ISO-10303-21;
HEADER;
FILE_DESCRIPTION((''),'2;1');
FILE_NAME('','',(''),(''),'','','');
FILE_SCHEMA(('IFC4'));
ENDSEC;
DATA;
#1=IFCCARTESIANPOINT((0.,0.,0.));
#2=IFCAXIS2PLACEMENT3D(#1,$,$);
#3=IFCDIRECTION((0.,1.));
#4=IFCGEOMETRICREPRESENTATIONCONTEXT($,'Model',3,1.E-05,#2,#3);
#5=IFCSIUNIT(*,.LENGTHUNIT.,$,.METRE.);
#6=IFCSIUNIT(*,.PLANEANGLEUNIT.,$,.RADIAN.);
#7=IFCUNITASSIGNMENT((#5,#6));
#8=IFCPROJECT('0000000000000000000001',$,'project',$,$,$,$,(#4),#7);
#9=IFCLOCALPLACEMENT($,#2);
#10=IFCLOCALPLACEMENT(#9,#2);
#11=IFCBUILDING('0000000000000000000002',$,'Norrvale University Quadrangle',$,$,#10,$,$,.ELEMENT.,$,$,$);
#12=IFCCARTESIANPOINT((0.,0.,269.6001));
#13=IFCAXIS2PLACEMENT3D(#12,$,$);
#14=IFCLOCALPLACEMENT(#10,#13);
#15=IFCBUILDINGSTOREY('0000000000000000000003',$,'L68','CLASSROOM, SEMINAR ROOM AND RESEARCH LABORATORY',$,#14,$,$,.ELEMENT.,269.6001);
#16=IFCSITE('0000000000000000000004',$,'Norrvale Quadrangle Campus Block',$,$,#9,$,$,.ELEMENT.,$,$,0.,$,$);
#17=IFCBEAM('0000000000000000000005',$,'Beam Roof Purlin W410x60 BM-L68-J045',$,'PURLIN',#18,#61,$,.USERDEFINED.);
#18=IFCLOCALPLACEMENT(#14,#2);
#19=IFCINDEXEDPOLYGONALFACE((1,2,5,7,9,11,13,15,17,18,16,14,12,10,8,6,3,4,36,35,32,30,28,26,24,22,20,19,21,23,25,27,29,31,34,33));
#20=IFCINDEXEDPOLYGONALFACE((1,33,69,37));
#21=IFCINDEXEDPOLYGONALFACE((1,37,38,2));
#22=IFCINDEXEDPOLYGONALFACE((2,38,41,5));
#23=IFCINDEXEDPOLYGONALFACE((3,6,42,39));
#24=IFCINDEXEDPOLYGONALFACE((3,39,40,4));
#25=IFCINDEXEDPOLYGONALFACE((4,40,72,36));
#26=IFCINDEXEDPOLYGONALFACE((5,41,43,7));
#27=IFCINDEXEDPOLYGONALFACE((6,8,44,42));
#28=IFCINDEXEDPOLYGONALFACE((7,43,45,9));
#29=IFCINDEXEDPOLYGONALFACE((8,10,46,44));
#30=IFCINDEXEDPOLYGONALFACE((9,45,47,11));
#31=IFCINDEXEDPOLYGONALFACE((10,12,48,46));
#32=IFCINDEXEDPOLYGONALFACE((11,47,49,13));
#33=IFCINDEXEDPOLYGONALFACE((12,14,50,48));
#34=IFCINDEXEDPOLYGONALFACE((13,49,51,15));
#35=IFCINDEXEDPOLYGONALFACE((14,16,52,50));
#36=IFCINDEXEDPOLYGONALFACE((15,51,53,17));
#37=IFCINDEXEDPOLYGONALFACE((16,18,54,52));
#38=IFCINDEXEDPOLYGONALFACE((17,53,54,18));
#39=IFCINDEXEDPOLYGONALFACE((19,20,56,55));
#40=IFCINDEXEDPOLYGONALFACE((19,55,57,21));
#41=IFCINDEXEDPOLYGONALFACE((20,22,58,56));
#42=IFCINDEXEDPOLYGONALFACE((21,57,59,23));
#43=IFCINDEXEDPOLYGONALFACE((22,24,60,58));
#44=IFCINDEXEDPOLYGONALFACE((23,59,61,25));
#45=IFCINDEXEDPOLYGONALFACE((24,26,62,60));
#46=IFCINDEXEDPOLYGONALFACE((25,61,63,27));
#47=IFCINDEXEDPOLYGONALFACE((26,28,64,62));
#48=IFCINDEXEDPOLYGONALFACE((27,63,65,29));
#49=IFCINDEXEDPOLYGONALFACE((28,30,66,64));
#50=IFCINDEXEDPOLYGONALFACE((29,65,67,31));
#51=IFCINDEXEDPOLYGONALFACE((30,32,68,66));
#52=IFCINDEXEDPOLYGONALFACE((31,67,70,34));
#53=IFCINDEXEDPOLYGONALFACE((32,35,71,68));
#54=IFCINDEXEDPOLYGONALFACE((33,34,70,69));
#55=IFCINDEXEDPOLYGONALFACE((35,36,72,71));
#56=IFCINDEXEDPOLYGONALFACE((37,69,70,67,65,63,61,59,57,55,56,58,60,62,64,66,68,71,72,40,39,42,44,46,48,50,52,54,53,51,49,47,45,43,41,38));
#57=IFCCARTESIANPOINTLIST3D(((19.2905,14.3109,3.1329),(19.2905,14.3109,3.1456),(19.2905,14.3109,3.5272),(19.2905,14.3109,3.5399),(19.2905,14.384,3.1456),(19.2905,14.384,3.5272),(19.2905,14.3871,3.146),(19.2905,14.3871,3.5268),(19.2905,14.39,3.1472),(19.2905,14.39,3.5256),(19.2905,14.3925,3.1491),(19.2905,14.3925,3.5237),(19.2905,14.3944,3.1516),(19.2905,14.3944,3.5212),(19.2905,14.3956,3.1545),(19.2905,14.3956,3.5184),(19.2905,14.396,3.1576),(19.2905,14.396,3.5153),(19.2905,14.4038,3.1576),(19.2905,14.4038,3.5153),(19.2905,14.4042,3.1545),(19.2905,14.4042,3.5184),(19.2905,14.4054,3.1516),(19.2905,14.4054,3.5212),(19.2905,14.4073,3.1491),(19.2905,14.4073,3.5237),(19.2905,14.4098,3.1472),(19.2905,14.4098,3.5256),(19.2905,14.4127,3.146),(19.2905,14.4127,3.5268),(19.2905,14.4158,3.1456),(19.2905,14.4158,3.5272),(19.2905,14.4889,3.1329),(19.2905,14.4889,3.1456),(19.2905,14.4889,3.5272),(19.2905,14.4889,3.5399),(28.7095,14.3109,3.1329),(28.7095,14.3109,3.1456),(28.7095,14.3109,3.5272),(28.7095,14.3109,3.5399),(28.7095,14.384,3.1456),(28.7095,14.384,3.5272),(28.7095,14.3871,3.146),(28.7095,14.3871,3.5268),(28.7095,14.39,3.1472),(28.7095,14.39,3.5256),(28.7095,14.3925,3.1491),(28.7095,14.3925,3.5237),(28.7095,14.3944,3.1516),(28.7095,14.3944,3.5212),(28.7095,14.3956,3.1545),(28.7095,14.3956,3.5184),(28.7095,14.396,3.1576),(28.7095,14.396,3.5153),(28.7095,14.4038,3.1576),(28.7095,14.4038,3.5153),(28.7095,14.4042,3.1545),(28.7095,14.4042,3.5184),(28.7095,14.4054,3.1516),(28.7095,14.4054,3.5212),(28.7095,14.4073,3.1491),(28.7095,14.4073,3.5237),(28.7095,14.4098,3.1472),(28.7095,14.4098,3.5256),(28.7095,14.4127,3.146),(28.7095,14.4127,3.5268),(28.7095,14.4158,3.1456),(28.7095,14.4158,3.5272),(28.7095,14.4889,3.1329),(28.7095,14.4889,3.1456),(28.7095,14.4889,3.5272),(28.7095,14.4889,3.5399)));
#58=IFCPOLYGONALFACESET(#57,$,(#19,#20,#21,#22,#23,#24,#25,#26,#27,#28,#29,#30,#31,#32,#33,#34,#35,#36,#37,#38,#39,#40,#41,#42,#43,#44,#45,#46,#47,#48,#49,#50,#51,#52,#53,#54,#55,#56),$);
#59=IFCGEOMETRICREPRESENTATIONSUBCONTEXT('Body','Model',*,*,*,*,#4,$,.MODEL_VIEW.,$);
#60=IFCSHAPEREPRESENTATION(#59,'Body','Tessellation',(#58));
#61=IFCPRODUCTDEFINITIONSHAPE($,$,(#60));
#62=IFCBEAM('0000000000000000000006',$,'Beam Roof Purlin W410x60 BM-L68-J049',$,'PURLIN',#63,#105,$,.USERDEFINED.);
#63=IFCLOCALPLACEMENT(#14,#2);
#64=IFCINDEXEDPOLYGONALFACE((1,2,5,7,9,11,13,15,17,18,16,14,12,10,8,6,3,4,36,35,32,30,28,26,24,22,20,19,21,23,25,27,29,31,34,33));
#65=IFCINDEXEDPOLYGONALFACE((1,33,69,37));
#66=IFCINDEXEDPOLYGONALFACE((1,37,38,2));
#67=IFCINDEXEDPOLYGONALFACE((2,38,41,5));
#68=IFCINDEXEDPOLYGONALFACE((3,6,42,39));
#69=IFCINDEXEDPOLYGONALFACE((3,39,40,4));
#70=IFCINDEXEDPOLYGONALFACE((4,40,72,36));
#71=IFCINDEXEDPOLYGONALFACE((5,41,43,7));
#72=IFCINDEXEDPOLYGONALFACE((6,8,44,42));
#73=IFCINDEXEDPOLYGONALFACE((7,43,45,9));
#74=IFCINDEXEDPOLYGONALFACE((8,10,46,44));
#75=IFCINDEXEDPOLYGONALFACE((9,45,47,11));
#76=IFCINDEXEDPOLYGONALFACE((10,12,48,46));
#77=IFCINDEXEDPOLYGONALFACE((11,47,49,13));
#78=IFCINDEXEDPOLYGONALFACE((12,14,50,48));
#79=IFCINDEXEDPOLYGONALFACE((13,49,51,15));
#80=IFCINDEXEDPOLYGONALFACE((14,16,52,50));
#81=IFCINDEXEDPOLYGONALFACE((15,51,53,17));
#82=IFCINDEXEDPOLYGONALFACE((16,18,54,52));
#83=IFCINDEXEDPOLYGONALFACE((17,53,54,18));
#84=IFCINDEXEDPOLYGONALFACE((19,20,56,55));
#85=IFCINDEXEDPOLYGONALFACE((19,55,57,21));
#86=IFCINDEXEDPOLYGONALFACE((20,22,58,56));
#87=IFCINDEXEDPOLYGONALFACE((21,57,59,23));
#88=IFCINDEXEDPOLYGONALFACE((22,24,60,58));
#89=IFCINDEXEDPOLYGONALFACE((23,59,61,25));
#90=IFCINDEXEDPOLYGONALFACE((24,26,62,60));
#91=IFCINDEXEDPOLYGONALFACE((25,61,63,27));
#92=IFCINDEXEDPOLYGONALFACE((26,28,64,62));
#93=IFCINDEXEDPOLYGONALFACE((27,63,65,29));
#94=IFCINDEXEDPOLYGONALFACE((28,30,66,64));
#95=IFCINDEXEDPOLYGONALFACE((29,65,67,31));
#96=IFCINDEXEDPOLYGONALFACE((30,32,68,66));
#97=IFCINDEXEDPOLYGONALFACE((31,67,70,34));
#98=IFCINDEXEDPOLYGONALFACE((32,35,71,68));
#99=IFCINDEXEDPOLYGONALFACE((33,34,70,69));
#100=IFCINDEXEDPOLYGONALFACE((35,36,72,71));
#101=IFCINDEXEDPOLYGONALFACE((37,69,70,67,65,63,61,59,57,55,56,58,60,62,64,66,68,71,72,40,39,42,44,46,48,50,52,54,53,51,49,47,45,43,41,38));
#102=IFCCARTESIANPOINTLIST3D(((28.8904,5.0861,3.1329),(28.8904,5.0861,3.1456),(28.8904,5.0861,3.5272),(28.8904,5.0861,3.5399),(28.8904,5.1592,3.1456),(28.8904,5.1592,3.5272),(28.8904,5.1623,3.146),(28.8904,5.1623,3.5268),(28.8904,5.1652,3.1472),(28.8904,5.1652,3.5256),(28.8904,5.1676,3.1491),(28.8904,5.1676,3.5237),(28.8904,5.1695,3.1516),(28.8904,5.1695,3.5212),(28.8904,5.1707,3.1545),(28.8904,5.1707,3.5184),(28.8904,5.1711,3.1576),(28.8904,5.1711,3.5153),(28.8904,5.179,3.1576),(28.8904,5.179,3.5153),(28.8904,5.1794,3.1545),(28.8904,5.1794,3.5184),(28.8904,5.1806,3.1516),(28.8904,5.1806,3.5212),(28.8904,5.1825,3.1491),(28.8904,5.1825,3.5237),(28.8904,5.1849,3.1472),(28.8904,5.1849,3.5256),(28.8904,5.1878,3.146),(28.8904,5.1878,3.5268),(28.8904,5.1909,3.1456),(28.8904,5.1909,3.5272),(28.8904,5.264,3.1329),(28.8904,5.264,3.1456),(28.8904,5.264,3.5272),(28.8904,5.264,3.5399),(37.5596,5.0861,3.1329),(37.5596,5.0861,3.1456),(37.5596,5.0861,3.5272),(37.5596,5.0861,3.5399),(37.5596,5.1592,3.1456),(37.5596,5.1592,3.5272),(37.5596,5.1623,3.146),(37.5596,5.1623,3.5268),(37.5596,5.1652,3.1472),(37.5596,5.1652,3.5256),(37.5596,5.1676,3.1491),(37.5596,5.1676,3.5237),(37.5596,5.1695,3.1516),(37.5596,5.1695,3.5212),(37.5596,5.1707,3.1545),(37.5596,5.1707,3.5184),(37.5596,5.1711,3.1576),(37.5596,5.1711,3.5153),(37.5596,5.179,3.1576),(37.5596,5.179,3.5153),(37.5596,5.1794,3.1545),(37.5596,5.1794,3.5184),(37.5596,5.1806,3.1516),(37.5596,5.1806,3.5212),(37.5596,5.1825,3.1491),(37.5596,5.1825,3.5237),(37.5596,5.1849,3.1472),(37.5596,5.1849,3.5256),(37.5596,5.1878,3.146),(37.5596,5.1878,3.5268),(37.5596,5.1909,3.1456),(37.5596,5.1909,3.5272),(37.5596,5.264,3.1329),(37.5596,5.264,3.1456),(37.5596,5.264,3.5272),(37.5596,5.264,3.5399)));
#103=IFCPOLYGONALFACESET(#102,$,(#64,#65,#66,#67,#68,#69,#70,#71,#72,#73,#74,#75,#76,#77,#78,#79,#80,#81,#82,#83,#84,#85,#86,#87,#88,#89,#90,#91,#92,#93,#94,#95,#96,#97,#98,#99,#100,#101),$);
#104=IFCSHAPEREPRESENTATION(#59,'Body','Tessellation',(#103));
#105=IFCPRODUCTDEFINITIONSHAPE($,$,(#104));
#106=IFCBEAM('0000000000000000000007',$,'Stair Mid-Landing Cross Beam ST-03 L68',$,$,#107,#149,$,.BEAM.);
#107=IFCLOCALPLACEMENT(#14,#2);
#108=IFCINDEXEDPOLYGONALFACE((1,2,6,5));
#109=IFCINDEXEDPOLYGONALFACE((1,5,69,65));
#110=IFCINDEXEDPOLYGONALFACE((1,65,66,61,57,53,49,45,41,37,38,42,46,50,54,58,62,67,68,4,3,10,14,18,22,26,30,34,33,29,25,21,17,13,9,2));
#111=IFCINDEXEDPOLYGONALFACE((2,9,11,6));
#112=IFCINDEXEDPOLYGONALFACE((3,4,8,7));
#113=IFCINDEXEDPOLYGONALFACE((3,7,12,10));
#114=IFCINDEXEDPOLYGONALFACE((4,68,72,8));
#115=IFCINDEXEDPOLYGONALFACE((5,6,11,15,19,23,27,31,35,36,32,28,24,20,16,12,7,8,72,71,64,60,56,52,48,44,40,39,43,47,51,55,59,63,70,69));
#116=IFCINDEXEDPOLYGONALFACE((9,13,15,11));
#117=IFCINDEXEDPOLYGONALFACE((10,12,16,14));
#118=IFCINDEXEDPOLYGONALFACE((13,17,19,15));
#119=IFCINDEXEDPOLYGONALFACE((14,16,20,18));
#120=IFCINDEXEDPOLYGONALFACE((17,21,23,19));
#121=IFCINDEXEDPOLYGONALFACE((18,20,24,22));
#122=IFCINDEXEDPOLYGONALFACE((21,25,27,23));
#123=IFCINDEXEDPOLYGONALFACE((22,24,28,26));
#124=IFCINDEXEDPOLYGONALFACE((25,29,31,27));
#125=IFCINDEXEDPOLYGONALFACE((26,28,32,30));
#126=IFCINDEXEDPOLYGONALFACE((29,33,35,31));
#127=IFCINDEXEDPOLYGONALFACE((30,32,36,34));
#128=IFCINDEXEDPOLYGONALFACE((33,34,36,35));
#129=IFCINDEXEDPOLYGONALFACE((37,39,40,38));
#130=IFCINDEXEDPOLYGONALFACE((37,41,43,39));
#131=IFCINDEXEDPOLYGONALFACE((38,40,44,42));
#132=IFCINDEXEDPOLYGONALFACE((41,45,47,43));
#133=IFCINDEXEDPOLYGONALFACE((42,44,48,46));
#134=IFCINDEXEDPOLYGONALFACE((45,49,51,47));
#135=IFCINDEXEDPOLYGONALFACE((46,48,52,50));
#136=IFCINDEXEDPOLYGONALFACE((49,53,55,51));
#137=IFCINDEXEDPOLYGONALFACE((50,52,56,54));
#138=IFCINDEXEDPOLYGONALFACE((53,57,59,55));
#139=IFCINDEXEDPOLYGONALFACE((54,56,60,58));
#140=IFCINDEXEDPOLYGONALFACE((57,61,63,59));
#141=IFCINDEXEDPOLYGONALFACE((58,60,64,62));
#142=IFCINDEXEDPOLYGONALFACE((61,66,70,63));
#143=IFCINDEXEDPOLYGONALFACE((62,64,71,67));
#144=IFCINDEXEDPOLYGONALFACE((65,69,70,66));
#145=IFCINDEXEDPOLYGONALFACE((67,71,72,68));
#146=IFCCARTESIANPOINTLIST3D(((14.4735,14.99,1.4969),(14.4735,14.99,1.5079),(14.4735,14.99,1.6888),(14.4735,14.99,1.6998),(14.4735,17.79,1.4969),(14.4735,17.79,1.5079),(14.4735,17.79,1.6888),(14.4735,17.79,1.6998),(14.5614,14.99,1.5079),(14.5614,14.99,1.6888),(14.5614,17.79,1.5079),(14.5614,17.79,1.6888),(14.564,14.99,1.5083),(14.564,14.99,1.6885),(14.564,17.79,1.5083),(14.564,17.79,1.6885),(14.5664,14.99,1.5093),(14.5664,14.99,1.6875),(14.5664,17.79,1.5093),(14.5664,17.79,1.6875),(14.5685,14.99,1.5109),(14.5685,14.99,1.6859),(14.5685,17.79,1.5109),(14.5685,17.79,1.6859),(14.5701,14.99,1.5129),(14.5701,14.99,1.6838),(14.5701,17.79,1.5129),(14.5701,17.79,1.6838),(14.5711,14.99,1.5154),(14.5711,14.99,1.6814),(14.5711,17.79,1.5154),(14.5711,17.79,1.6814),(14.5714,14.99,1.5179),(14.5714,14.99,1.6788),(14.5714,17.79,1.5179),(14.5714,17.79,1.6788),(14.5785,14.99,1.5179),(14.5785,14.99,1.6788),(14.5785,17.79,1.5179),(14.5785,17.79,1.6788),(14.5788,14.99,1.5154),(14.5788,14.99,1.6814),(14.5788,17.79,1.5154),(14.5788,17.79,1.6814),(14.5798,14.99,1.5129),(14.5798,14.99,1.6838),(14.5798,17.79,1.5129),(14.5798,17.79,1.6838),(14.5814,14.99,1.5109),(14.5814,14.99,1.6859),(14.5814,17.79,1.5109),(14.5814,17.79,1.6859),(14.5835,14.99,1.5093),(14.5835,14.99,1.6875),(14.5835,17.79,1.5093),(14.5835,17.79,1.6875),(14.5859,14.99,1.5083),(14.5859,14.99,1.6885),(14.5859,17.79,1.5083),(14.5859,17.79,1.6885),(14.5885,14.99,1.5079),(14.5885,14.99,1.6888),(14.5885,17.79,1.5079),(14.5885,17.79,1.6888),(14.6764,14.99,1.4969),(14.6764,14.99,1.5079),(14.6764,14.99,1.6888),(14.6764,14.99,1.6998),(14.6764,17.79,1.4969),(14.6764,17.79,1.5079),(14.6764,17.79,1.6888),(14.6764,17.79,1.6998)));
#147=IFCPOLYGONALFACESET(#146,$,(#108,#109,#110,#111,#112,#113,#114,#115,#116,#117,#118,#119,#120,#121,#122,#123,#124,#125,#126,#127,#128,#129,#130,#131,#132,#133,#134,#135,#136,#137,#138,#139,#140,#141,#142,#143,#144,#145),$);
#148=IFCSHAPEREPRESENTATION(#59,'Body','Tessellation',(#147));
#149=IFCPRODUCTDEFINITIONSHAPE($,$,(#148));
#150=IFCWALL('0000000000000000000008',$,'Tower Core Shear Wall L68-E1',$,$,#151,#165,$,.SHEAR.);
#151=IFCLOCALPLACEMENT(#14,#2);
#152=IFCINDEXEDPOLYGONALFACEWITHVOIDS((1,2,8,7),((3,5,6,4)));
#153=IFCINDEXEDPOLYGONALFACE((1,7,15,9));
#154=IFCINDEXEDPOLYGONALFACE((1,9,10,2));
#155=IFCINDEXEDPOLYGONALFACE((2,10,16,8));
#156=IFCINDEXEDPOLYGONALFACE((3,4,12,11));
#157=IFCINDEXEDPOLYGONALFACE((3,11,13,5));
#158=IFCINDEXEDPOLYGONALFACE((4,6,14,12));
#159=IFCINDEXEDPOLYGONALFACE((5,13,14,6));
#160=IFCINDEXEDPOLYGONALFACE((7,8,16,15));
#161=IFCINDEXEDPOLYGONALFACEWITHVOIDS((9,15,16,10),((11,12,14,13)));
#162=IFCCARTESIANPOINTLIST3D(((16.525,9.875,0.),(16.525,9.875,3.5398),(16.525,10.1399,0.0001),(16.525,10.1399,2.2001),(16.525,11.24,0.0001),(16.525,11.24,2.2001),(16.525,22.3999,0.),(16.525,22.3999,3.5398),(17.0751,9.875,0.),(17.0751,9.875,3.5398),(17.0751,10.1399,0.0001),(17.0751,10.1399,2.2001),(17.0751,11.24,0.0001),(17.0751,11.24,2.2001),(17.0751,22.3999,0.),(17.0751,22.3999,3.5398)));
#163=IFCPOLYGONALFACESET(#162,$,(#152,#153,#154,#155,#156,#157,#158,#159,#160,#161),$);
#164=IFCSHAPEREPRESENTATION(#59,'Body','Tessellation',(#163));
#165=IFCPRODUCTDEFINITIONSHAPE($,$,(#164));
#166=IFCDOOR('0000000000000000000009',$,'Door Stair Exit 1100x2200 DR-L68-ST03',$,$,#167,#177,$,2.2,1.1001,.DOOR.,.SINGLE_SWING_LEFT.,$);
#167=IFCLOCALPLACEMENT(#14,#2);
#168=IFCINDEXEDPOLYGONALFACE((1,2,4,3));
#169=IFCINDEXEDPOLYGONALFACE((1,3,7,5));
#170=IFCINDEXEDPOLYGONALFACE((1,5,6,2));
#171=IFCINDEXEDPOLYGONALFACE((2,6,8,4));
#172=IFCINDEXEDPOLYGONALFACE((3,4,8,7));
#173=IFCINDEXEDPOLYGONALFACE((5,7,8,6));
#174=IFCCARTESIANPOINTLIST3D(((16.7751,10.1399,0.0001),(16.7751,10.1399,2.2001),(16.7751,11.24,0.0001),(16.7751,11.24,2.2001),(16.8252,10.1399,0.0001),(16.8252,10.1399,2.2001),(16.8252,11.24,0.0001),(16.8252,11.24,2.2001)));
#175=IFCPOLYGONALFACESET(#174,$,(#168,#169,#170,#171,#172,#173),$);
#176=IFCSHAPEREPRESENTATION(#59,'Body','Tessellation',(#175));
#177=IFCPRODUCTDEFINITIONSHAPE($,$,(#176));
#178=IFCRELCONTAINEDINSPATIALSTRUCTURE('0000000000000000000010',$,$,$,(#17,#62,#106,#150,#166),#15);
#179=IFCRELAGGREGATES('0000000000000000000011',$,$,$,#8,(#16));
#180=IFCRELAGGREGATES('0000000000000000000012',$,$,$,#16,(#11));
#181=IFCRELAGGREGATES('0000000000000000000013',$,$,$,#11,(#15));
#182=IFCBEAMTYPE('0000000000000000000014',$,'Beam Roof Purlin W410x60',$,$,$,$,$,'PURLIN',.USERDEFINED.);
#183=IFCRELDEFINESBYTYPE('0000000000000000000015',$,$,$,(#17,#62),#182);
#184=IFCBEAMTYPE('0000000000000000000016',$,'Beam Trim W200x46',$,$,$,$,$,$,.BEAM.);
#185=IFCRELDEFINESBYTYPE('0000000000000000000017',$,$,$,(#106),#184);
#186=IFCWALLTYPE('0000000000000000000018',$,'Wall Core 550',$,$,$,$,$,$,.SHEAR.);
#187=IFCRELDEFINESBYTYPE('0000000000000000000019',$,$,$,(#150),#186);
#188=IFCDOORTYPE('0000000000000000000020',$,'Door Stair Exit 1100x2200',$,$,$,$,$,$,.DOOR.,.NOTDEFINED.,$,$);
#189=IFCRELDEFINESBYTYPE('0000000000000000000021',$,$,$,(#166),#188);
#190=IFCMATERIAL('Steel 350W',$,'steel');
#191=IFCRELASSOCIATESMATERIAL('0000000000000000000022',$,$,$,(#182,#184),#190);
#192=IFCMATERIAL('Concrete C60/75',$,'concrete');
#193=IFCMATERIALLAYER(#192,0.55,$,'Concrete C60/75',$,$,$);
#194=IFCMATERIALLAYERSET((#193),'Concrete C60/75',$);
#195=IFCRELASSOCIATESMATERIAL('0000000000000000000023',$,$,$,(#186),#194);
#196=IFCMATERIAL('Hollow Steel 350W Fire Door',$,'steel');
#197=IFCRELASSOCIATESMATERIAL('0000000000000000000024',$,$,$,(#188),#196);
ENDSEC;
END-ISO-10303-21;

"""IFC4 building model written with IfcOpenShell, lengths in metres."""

from ifc_helpers import new_model, si_unit, direction, frame, frame_2d, origin, origin_2d, place, context, subcontext, project, spatial, rectangle, i_section, extrude, material, layer, layer_set, material_profile, profile_set, type_object, element, fill, save


model = new_model("IFC4")

# Units and contexts
model_context = context("Model", 3, precision=1e-05, world=origin(), true_north=direction((0.0, 1.0)))
body_context = subcontext(model_context, "Body", "Model", "MODEL_VIEW")
ifc_project = project(units=[si_unit("LENGTHUNIT", "METRE"), si_unit("PLANEANGLEUNIT", "RADIAN")], contexts=[model_context])

# Site, building, storey
site_placement = place(None, origin())
site = spatial("IfcSite", under=ifc_project, at=site_placement, Name="Norrvale Quadrangle Campus Block", CompositionType="ELEMENT", RefElevation=0.0)
building_placement = place(site_placement, origin())
building = spatial("IfcBuilding", under=site, at=building_placement, Name="Norrvale University Quadrangle", CompositionType="ELEMENT")
storey_placement = place(building_placement, frame((0.0, 0.0, 269.6001)))
storey = spatial("IfcBuildingStorey", under=building, at=storey_placement, Name="L68", Description="CLASSROOM, SEMINAR ROOM AND RESEARCH LABORATORY", CompositionType="ELEMENT", Elevation=269.6001)

# Shared definitions
ifc_material_1 = material(Name="Concrete C60/75", Category="concrete")

# Beams
ifc_material_2 = material(Name="Steel 350W", Category="steel")
ifc_material_profile_1 = material_profile(ifc_material_2, i_section(OverallWidth=0.178, OverallDepth=0.407, WebThickness=0.0078, FlangeThickness=0.0127, FilletRadius=0.012, at=origin_2d()), Name="Steel 350W")
ifc_profile_set_1 = profile_set([ifc_material_profile_1], Name="Steel 350W")
beam_type_1 = type_object("IfcBeamType", Name="Beam Roof Purlin W410x60", ElementType="PURLIN", PredefinedType="USERDEFINED", material=ifc_profile_set_1)
for number, where, z_axis, x_axis, name in (
    (1, (19.2905, 14.3999, 3.3364), (1.0, 0.0, 0.0), (0.0, 1.0, 0.0), "Beam Roof Purlin W410x60 BM-L68-J045"),
):
    element("IfcBeam", number, at=place(storey_placement, frame(where, z_axis=z_axis, x_axis=x_axis)), inside=storey, type_object=beam_type_1, Name=name, ObjectType="PURLIN", PredefinedType="USERDEFINED", context=body_context, shape_type="SweptSolid", body=[
        extrude(i_section(OverallWidth=0.178, OverallDepth=0.407, WebThickness=0.0078, FlangeThickness=0.0127, FilletRadius=0.012, at=origin_2d()), origin(), (0.0, 0.0, 1.0), 9.4189),
    ])
beam_1_placement = place(storey_placement, frame((28.8904, 5.175, 3.3364), z_axis=(1.0, 0.0, 0.0), x_axis=(0.0, 1.0, 0.0)))
element("IfcBeam", 2, at=beam_1_placement, inside=storey, type_object=beam_type_1, Name="Beam Roof Purlin W410x60 BM-L68-J049", ObjectType="PURLIN", PredefinedType="USERDEFINED", context=body_context, shape_type="SweptSolid", body=[
    extrude(i_section(OverallWidth=0.178, OverallDepth=0.407, WebThickness=0.0078, FlangeThickness=0.0127, FilletRadius=0.012, at=origin_2d()), origin(), (0.0, 0.0, 1.0), 8.6692),
])
ifc_material_profile_2 = material_profile(ifc_material_2, i_section(OverallWidth=0.2029, OverallDepth=0.2029, WebThickness=0.0071, FlangeThickness=0.011, FilletRadius=0.01, at=origin_2d()), Name="Steel 350W")
ifc_profile_set_2 = profile_set([ifc_material_profile_2], Name="Steel 350W")
beam_type_2 = type_object("IfcBeamType", Name="Beam Trim W200x46", PredefinedType="BEAM", material=ifc_profile_set_2)
beam_2_placement = place(storey_placement, frame((14.575, 14.99, 1.5984), z_axis=(0.0, 1.0, 0.0), x_axis=(-1.0, 0.0, 0.0)))
element("IfcBeam", 3, at=beam_2_placement, inside=storey, type_object=beam_type_2, Name="Stair Mid-Landing Cross Beam ST-03 L68", PredefinedType="BEAM", context=body_context, shape_type="SweptSolid", body=[
    extrude(i_section(OverallWidth=0.2029, OverallDepth=0.2029, WebThickness=0.0071, FlangeThickness=0.011, FilletRadius=0.01, at=origin_2d()), origin(), (0.0, 0.0, 1.0), 2.8),
])

# Wall, opening, door
ifc_layer_1 = layer(ifc_material_1, 0.55, Name="Concrete C60/75")
ifc_layer_set_1 = layer_set([ifc_layer_1], Name="Concrete C60/75")
wall_type_1 = type_object("IfcWallType", Name="Wall Core 550", PredefinedType="SHEAR", material=ifc_layer_set_1)
wall_1_placement = place(storey_placement, frame((16.8, 9.875, 0.0), z_axis=(0.0, 0.0, 1.0), x_axis=(0.0, 1.0, 0.0)))
wall_1 = element("IfcWall", 4, at=wall_1_placement, inside=storey, type_object=wall_type_1, Name="Tower Core Shear Wall L68-E1", PredefinedType="SHEAR", context=body_context, shape_type="SweptSolid", body=[
    extrude(rectangle(XDim=12.5249, YDim=0.55, at=frame_2d((6.2625, 0.0))), origin(), (0.0, 0.0, 1.0), 3.5398),
])
opening_1_placement = place(wall_1_placement, frame((0.2649, 0.0, 0.0)))
opening_1 = element("IfcOpeningElement", 5, at=opening_1_placement, cuts=wall_1, PredefinedType="OPENING", context=body_context, shape_type="SweptSolid", body=[
    extrude(rectangle(XDim=1.1001, YDim=2.2, at=frame_2d((0.55, 1.1001))), frame((0.0, 0.2871, 0.0), z_axis=(0.0, -1.0, 0.0), x_axis=(1.0, 0.0, 0.0)), (0.0, 0.0, 1.0), 0.574),
])
ifc_material_3 = material(Name="Hollow Steel 350W Fire Door", Category="steel")
door_type_1 = type_object("IfcDoorType", Name="Door Stair Exit 1100x2200", OperationType="NOTDEFINED", PredefinedType="DOOR", material=ifc_material_3)
door_1_placement = place(opening_1_placement, origin())
door_1 = element("IfcDoor", 6, at=door_1_placement, inside=storey, type_object=door_type_1, Name="Door Stair Exit 1100x2200 DR-L68-ST03", OperationType="SINGLE_SWING_LEFT", OverallHeight=2.2, OverallWidth=1.1001, PredefinedType="DOOR", context=body_context, shape_type="SweptSolid", body=[
    extrude(rectangle(XDim=1.1001, YDim=2.2, at=frame_2d((0.55, 1.1001))), frame((0.0, 0.0249, 0.0), z_axis=(0.0, -1.0, 0.0), x_axis=(1.0, 0.0, 0.0)), (0.0, 0.0, 1.0), 0.05),
])
fill(opening_1, door_1)

save(model, "model.ifc")
